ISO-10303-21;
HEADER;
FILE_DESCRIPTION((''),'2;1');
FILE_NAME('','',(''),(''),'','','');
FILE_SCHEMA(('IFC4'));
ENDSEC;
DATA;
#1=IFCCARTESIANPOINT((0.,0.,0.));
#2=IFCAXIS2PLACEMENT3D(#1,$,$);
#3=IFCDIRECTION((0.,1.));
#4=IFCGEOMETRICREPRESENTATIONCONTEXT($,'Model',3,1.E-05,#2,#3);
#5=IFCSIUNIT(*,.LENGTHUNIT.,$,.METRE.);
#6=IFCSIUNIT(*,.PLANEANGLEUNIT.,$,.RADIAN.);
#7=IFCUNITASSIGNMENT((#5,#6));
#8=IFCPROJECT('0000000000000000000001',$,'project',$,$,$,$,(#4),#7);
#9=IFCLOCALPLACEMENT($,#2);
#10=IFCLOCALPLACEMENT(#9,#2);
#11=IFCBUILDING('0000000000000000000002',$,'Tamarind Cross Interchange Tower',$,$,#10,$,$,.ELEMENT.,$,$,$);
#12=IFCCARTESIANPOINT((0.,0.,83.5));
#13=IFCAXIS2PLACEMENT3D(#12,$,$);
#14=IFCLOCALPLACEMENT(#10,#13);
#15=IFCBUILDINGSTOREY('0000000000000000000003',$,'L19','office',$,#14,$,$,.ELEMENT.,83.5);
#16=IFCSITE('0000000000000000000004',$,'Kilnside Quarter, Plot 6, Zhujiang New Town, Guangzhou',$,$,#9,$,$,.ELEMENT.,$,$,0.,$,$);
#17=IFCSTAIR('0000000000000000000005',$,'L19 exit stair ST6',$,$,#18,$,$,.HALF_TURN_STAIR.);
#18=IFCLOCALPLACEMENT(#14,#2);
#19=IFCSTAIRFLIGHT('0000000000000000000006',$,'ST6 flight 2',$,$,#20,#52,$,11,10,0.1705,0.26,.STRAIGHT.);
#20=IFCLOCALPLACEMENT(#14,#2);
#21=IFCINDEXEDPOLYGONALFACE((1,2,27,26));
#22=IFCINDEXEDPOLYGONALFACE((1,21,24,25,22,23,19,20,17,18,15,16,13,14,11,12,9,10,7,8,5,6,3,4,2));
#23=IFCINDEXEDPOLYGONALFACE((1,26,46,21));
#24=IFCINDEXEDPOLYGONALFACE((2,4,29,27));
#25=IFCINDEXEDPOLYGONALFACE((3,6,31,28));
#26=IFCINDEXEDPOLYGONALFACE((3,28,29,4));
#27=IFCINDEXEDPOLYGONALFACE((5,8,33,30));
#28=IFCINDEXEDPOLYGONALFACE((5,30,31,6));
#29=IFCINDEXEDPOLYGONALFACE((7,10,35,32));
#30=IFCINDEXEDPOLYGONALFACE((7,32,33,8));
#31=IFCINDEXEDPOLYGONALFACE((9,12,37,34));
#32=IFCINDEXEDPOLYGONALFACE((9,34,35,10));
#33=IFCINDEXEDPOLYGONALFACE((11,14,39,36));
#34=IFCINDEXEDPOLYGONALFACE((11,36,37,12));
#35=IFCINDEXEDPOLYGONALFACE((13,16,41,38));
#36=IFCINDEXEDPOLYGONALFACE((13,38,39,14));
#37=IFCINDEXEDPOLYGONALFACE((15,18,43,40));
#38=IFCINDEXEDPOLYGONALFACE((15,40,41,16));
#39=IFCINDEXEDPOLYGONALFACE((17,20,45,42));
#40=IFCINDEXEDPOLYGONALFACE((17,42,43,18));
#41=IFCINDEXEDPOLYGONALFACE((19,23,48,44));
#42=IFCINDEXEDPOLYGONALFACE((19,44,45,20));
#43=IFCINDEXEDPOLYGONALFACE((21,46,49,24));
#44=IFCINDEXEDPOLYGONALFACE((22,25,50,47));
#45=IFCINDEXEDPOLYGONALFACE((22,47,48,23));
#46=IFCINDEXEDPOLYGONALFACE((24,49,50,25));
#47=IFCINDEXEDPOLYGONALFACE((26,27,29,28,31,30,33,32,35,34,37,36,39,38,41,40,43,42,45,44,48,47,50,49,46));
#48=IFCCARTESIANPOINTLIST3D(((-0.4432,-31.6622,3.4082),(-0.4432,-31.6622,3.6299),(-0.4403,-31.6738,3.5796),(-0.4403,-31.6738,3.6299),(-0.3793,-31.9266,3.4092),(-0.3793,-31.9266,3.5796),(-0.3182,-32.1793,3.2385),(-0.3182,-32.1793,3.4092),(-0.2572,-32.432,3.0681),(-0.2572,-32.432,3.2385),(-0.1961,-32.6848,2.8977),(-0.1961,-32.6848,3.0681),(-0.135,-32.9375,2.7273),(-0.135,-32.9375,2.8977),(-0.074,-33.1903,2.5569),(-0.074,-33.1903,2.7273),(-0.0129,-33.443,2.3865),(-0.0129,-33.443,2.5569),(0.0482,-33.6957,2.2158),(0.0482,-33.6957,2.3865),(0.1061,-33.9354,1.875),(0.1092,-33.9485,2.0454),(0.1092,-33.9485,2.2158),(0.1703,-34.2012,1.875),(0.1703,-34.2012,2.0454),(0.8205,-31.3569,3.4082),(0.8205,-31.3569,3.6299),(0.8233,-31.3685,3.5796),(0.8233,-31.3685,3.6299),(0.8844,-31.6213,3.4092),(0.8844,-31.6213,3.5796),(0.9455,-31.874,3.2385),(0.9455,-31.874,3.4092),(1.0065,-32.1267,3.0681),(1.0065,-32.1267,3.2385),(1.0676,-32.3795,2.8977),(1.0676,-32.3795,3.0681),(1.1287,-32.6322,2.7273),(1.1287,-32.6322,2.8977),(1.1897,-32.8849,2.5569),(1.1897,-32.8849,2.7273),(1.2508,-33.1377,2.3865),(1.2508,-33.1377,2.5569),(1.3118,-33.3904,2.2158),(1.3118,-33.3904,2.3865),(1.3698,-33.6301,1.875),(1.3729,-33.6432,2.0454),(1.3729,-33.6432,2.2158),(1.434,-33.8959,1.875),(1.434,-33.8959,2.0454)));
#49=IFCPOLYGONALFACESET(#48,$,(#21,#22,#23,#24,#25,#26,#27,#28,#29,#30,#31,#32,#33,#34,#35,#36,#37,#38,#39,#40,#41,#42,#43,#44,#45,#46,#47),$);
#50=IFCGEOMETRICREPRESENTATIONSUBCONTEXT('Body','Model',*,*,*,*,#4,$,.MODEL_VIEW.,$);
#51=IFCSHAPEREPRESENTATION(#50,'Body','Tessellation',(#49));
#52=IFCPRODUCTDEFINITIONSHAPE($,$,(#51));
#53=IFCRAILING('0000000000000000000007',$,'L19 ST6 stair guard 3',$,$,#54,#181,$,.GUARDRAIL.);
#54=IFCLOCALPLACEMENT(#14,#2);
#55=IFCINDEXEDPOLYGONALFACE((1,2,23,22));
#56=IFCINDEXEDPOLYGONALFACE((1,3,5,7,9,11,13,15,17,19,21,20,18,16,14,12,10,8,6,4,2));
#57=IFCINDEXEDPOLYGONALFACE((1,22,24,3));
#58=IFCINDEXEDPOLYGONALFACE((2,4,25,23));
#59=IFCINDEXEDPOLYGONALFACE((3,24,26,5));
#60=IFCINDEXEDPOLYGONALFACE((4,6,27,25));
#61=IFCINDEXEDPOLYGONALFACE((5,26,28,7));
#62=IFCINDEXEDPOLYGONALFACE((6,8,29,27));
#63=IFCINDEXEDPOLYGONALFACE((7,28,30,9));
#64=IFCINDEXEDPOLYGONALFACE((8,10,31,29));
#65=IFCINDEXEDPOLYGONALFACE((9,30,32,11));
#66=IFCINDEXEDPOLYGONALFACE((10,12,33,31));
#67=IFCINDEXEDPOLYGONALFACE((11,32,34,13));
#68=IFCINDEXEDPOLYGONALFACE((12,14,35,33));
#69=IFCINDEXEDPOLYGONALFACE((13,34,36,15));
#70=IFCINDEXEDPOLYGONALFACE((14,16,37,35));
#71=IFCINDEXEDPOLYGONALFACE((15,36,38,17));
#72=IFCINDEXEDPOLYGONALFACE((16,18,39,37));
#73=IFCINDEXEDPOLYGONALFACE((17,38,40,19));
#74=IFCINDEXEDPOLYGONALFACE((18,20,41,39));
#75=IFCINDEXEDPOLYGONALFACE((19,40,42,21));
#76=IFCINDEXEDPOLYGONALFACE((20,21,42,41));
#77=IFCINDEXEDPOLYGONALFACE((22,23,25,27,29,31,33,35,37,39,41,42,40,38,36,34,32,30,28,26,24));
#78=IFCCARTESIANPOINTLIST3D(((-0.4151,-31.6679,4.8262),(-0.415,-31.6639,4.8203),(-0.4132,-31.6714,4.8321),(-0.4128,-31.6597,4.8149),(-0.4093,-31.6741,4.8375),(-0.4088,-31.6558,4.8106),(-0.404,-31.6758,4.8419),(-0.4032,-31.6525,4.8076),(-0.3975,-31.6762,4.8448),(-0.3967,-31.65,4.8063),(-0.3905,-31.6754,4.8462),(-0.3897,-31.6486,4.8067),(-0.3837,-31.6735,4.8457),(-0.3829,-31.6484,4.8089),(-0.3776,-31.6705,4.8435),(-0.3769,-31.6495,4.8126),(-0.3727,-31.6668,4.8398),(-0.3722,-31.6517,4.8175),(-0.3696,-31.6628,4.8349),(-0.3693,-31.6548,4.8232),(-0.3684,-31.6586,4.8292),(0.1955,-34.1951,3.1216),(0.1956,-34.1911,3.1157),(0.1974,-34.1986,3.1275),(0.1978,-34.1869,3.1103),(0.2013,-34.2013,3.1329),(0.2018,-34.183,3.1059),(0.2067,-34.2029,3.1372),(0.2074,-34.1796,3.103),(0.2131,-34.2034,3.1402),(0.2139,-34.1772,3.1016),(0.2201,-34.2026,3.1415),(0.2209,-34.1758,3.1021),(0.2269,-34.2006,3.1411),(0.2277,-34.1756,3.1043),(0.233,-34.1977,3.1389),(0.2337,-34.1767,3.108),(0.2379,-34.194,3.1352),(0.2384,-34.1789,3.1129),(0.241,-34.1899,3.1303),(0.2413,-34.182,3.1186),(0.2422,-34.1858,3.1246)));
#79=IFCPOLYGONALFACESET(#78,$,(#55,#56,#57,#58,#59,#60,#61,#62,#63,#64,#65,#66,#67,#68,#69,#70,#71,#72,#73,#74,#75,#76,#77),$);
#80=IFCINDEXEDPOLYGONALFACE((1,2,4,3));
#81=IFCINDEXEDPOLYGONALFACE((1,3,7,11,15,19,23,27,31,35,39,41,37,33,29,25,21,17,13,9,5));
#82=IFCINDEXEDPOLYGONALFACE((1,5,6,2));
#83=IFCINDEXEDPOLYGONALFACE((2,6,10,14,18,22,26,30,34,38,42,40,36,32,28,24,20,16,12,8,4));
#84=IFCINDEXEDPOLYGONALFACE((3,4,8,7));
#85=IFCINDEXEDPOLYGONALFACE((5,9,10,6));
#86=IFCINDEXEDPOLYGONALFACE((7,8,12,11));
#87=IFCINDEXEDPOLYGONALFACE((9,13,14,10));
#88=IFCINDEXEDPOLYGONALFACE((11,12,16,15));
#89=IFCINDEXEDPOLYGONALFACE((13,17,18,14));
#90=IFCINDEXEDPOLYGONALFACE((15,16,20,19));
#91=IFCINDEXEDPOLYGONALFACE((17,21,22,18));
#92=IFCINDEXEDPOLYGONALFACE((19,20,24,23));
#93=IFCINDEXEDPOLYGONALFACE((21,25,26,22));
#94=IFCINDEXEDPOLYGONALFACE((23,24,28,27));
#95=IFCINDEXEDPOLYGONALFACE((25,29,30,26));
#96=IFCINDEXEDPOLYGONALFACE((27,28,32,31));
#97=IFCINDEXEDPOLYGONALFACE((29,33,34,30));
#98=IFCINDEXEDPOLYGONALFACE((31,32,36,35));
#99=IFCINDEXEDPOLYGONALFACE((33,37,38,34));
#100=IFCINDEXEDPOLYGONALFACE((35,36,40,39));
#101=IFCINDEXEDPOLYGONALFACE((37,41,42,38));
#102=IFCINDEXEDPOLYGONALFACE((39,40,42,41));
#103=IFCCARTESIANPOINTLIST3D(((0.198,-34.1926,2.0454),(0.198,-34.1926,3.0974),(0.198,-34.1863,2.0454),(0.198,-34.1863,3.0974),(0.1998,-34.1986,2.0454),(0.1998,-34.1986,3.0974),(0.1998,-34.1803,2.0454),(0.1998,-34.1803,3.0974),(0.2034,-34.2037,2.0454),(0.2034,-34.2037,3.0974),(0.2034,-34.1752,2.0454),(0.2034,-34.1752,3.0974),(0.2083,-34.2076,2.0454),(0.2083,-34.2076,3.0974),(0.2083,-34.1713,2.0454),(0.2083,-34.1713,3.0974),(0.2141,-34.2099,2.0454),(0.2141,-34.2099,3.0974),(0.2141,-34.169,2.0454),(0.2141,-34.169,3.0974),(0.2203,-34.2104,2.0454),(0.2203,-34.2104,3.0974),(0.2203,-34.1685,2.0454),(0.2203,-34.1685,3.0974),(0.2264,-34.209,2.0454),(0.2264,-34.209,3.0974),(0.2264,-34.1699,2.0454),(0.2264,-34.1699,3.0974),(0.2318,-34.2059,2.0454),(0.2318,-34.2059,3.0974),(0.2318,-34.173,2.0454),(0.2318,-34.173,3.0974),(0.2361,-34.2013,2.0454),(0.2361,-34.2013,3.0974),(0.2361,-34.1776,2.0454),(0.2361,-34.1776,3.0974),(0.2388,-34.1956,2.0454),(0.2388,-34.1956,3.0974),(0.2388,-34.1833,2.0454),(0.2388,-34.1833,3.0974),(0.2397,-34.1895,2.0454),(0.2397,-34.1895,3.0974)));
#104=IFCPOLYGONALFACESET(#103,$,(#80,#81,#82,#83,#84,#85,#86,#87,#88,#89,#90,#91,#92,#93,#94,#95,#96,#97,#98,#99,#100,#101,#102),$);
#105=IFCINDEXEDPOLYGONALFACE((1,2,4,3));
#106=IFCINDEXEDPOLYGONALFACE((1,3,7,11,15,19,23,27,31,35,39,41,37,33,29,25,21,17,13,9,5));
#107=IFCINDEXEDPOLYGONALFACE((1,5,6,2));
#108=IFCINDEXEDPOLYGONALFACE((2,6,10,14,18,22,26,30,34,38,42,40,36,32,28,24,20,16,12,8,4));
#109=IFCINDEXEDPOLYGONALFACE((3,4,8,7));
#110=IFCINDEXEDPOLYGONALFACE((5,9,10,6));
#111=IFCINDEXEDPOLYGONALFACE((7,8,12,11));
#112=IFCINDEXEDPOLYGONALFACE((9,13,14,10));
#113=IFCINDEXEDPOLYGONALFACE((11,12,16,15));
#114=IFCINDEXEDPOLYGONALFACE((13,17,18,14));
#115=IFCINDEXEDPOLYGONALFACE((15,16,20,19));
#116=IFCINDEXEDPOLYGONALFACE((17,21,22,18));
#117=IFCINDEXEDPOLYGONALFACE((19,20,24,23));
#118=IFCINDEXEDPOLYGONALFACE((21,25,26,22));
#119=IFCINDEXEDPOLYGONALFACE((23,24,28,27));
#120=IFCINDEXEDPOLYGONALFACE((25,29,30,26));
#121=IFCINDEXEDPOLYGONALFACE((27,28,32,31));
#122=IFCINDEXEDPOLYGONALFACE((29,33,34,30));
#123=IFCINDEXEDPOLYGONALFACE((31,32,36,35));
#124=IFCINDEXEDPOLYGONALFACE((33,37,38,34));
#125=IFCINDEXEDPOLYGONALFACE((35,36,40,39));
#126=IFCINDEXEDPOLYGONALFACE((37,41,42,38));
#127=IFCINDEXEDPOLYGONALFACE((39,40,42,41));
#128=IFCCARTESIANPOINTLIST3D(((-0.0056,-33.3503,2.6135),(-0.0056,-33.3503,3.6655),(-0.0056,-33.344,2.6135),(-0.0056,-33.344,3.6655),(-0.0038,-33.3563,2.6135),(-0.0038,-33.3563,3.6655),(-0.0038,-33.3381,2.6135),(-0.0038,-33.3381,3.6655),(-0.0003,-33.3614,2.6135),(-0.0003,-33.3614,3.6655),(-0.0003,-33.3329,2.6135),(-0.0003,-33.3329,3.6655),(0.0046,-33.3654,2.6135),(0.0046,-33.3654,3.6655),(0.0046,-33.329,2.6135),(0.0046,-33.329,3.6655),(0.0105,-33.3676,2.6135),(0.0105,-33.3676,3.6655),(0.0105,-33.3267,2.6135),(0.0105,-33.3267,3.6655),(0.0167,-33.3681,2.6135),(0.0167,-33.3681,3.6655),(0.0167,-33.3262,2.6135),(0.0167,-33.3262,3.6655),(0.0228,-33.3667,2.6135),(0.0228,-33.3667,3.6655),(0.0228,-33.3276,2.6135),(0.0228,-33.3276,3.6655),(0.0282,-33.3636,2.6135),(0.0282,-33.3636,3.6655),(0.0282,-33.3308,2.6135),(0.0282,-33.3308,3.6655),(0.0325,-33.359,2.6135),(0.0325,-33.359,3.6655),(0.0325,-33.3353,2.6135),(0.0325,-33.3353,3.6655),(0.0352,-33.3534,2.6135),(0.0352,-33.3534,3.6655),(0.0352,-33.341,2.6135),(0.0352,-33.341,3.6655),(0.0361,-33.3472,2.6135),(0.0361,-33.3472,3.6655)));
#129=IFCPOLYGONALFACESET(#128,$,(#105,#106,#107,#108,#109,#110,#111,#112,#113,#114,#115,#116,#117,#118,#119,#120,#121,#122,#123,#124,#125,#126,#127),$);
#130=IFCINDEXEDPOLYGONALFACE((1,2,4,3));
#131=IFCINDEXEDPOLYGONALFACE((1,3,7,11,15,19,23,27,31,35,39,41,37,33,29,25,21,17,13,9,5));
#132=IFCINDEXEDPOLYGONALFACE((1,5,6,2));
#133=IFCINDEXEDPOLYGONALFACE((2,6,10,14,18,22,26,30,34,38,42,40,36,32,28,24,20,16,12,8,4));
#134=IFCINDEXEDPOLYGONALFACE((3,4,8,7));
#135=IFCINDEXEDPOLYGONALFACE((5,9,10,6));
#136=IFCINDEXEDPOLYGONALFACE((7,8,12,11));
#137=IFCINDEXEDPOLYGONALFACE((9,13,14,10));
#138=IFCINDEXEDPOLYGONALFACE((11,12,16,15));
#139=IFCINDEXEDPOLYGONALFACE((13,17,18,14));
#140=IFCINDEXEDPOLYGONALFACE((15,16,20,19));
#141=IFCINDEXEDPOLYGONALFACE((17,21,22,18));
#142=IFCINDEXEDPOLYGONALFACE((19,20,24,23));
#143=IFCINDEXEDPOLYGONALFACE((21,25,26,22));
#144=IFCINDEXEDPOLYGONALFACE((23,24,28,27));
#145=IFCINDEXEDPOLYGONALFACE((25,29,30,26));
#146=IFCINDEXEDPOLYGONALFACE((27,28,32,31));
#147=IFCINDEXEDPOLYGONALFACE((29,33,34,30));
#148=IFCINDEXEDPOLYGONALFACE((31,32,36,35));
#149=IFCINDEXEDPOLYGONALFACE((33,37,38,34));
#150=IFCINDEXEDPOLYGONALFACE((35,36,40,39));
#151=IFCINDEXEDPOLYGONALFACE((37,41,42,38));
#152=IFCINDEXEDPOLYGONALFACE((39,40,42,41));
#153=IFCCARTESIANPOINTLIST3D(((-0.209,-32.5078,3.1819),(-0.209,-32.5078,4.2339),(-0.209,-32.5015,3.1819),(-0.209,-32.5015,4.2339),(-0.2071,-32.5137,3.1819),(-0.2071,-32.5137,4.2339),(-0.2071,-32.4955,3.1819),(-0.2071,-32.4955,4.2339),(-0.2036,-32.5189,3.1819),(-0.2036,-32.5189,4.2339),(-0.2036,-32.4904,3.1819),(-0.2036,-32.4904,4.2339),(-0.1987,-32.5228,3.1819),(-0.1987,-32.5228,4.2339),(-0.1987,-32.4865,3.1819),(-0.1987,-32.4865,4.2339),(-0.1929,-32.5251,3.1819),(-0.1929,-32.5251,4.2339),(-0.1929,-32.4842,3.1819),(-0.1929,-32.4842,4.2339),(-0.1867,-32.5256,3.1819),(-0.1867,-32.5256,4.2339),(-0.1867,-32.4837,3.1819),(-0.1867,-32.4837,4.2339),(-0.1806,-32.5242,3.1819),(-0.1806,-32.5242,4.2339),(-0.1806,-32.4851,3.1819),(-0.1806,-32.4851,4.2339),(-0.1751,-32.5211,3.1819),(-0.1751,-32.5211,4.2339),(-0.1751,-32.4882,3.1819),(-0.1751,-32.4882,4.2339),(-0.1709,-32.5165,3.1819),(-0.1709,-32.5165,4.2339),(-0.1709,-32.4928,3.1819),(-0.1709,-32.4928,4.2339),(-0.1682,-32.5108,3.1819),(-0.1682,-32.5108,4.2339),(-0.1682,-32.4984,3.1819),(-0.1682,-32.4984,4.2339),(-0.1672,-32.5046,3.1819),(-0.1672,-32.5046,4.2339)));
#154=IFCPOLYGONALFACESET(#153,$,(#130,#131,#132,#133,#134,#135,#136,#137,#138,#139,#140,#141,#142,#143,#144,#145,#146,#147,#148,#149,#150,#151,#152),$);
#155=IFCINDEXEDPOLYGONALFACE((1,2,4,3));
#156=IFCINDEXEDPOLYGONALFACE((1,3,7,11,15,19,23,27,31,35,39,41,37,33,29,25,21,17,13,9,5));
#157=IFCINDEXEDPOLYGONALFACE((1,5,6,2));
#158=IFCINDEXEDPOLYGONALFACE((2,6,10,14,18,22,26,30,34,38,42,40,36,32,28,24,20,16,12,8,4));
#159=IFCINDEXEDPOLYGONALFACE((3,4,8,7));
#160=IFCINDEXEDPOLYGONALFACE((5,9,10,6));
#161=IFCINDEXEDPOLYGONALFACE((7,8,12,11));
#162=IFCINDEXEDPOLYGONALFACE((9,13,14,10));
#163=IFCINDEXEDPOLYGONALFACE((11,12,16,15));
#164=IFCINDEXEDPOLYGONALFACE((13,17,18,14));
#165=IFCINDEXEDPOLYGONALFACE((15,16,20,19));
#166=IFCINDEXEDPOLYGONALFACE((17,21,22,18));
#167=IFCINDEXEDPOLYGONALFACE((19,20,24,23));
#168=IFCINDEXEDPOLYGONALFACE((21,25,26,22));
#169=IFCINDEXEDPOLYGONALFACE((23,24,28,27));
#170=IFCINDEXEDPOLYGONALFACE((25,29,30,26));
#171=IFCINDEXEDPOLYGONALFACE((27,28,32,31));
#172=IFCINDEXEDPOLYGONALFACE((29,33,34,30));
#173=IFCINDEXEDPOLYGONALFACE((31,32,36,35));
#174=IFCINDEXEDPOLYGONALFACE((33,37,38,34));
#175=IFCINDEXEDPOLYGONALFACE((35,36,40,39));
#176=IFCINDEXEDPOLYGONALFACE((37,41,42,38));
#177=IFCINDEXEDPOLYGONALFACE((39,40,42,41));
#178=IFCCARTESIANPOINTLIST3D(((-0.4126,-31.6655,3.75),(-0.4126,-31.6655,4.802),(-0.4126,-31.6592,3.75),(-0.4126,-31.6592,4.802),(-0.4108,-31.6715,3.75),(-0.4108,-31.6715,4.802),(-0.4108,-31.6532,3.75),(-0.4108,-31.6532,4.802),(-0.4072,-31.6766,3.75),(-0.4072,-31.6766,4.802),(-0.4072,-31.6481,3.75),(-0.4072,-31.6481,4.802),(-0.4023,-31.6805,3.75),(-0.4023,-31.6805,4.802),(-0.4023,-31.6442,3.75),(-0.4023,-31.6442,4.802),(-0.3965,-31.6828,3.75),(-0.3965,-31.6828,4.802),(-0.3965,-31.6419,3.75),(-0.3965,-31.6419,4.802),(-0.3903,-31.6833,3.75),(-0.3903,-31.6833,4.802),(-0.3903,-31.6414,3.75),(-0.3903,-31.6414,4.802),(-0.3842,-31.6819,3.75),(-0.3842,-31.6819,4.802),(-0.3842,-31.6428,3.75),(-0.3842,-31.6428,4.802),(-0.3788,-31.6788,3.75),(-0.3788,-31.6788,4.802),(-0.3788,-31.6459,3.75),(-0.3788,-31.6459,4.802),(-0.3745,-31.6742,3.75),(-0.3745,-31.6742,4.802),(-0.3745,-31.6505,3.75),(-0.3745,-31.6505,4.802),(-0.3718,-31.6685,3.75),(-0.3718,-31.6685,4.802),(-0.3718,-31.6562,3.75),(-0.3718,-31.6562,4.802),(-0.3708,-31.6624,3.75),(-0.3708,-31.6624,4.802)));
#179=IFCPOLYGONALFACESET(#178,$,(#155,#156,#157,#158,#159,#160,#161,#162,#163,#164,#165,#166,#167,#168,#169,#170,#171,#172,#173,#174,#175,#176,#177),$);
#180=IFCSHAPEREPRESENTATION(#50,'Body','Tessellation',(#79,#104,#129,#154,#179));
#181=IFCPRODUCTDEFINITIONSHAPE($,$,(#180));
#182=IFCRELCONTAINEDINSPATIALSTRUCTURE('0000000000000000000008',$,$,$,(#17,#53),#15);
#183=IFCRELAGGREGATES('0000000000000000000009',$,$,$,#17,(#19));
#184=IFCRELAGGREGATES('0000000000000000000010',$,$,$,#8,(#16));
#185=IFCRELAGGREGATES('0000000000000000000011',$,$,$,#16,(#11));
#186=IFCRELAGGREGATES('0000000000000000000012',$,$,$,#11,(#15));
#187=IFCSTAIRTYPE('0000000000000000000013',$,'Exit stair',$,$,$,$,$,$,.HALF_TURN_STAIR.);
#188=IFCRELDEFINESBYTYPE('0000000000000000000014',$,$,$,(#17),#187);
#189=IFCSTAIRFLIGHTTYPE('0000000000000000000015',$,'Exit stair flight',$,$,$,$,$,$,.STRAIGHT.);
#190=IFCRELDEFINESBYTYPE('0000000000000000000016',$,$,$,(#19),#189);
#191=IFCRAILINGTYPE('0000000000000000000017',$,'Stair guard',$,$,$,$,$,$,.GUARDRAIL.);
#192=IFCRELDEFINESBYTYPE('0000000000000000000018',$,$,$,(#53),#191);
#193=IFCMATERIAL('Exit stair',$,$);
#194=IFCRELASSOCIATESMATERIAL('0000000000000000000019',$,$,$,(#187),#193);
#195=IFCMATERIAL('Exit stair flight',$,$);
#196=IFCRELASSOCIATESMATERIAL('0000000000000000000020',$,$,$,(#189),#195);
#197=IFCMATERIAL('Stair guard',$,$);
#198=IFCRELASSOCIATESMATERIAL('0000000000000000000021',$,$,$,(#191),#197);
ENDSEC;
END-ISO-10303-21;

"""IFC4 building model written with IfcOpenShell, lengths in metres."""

from ifc_helpers import new_model, si_unit, direction, frame, origin, origin_2d, place, context, subcontext, project, spatial, polyline, circle, outline, extrude, material, type_object, element, aggregate, save


model = new_model("IFC4")

# Units and contexts
model_context = context("Model", 3, precision=1e-05, world=origin(), true_north=direction((0.0, 1.0)))
body_context = subcontext(model_context, "Body", "Model", "MODEL_VIEW")
ifc_project = project(units=[si_unit("LENGTHUNIT", "METRE"), si_unit("PLANEANGLEUNIT", "RADIAN")], contexts=[model_context])

# Site, building, storey
site_placement = place(None, origin())
site = spatial("IfcSite", under=ifc_project, at=site_placement, Name="Kilnside Quarter, Plot 6, Zhujiang New Town, Guangzhou", CompositionType="ELEMENT", RefElevation=0.0)
building_placement = place(site_placement, origin())
building = spatial("IfcBuilding", under=site, at=building_placement, Name="Tamarind Cross Interchange Tower", CompositionType="ELEMENT")
storey_placement = place(building_placement, frame((0.0, 0.0, 83.5)))
storey = spatial("IfcBuildingStorey", under=building, at=storey_placement, Name="L19", Description="office", CompositionType="ELEMENT", Elevation=83.5)

# Stair, stair flight
ifc_material_1 = material(Name="Exit stair")
stair_type = type_object("IfcStairType", Name="Exit stair", PredefinedType="HALF_TURN_STAIR", material=ifc_material_1)
stair_placement = place(storey_placement, origin())
stair = element("IfcStair", 1, at=stair_placement, inside=storey, type_object=stair_type, Name="L19 exit stair ST6", PredefinedType="HALF_TURN_STAIR")
ifc_material_2 = material(Name="Exit stair flight")
stair_flight_type = type_object("IfcStairFlightType", Name="Exit stair flight", PredefinedType="STRAIGHT", material=ifc_material_2)
stair_flight_placement = place(storey_placement, frame((0.802, -34.0486, 1.875), z_axis=(0.0, 0.0, 1.0), x_axis=(-0.234844, 0.972033, 0.0)))
stair_flight = element("IfcStairFlight", 2, at=stair_flight_placement, type_object=stair_flight_type, Name="ST6 flight 2", NumberOfRisers=11, NumberOfTreads=10, PredefinedType="STRAIGHT", RiserHeight=0.1705, TreadLength=0.26, context=body_context, shape_type="SweptSolid", body=[
    extrude(outline(polyline([(0.0, 0.0), (0.0, 0.1704), (0.26, 0.1704), (0.26, 0.3408), (0.52, 0.3408), (0.52, 0.5115), (0.78, 0.5115), (0.78, 0.6819), (1.04, 0.6819), (1.04, 0.8523), (1.3, 0.8523), (1.3, 1.0227), (1.5601, 1.0227), (1.5601, 1.1931), (1.8201, 1.1931), (1.8201, 1.3635), (2.0801, 1.3635), (2.0801, 1.5342), (2.3401, 1.5342), (2.3401, 1.7046), (2.6001, 1.7046), (2.6001, 1.7549), (2.6121, 1.7549), (2.6121, 1.5332), (0.2734, 0.0), (0.0, 0.0)])), frame((0.0, 0.6499, 0.0), z_axis=(0.0, -1.0, 0.0), x_axis=(1.0, 0.0, 0.0)), (0.0, 0.0, 1.0), 1.3),
])
aggregate(stair, [stair_flight])

# Railing
ifc_material_3 = material(Name="Stair guard")
railing_type_1 = type_object("IfcRailingType", Name="Stair guard", PredefinedType="GUARDRAIL", material=ifc_material_3)
railing_1_placement = place(storey_placement, frame((0.2188, -34.1895, 2.0454)))
element("IfcRailing", 3, at=railing_1_placement, inside=storey, type_object=railing_type_1, Name="L19 ST6 stair guard 3", PredefinedType="GUARDRAIL", context=body_context, shape_type="SweptSolid", body=[
    extrude(circle(Radius=0.0239, at=origin_2d()), frame((0.0, 0.0, 1.0762), z_axis=(-0.196408, 0.812884, 0.54831), x_axis=(-0.972029, -0.234861, 0.0)), (0.0, 0.0, 1.0), 3.1089),
    extrude(circle(Radius=0.021, at=origin_2d()), origin(), (0.0, 0.0, 1.0), 1.052),
    extrude(circle(Radius=0.021, at=origin_2d()), frame((-0.2036, 0.8423, 0.5681)), (0.0, 0.0, 1.0), 1.052),
    extrude(circle(Radius=0.021, at=origin_2d()), frame((-0.407, 1.6848, 1.1365)), (0.0, 0.0, 1.0), 1.052),
    extrude(circle(Radius=0.021, at=origin_2d()), frame((-0.6106, 2.5271, 1.7046)), (0.0, 0.0, 1.0), 1.052),
])

save(model, "model.ifc")
